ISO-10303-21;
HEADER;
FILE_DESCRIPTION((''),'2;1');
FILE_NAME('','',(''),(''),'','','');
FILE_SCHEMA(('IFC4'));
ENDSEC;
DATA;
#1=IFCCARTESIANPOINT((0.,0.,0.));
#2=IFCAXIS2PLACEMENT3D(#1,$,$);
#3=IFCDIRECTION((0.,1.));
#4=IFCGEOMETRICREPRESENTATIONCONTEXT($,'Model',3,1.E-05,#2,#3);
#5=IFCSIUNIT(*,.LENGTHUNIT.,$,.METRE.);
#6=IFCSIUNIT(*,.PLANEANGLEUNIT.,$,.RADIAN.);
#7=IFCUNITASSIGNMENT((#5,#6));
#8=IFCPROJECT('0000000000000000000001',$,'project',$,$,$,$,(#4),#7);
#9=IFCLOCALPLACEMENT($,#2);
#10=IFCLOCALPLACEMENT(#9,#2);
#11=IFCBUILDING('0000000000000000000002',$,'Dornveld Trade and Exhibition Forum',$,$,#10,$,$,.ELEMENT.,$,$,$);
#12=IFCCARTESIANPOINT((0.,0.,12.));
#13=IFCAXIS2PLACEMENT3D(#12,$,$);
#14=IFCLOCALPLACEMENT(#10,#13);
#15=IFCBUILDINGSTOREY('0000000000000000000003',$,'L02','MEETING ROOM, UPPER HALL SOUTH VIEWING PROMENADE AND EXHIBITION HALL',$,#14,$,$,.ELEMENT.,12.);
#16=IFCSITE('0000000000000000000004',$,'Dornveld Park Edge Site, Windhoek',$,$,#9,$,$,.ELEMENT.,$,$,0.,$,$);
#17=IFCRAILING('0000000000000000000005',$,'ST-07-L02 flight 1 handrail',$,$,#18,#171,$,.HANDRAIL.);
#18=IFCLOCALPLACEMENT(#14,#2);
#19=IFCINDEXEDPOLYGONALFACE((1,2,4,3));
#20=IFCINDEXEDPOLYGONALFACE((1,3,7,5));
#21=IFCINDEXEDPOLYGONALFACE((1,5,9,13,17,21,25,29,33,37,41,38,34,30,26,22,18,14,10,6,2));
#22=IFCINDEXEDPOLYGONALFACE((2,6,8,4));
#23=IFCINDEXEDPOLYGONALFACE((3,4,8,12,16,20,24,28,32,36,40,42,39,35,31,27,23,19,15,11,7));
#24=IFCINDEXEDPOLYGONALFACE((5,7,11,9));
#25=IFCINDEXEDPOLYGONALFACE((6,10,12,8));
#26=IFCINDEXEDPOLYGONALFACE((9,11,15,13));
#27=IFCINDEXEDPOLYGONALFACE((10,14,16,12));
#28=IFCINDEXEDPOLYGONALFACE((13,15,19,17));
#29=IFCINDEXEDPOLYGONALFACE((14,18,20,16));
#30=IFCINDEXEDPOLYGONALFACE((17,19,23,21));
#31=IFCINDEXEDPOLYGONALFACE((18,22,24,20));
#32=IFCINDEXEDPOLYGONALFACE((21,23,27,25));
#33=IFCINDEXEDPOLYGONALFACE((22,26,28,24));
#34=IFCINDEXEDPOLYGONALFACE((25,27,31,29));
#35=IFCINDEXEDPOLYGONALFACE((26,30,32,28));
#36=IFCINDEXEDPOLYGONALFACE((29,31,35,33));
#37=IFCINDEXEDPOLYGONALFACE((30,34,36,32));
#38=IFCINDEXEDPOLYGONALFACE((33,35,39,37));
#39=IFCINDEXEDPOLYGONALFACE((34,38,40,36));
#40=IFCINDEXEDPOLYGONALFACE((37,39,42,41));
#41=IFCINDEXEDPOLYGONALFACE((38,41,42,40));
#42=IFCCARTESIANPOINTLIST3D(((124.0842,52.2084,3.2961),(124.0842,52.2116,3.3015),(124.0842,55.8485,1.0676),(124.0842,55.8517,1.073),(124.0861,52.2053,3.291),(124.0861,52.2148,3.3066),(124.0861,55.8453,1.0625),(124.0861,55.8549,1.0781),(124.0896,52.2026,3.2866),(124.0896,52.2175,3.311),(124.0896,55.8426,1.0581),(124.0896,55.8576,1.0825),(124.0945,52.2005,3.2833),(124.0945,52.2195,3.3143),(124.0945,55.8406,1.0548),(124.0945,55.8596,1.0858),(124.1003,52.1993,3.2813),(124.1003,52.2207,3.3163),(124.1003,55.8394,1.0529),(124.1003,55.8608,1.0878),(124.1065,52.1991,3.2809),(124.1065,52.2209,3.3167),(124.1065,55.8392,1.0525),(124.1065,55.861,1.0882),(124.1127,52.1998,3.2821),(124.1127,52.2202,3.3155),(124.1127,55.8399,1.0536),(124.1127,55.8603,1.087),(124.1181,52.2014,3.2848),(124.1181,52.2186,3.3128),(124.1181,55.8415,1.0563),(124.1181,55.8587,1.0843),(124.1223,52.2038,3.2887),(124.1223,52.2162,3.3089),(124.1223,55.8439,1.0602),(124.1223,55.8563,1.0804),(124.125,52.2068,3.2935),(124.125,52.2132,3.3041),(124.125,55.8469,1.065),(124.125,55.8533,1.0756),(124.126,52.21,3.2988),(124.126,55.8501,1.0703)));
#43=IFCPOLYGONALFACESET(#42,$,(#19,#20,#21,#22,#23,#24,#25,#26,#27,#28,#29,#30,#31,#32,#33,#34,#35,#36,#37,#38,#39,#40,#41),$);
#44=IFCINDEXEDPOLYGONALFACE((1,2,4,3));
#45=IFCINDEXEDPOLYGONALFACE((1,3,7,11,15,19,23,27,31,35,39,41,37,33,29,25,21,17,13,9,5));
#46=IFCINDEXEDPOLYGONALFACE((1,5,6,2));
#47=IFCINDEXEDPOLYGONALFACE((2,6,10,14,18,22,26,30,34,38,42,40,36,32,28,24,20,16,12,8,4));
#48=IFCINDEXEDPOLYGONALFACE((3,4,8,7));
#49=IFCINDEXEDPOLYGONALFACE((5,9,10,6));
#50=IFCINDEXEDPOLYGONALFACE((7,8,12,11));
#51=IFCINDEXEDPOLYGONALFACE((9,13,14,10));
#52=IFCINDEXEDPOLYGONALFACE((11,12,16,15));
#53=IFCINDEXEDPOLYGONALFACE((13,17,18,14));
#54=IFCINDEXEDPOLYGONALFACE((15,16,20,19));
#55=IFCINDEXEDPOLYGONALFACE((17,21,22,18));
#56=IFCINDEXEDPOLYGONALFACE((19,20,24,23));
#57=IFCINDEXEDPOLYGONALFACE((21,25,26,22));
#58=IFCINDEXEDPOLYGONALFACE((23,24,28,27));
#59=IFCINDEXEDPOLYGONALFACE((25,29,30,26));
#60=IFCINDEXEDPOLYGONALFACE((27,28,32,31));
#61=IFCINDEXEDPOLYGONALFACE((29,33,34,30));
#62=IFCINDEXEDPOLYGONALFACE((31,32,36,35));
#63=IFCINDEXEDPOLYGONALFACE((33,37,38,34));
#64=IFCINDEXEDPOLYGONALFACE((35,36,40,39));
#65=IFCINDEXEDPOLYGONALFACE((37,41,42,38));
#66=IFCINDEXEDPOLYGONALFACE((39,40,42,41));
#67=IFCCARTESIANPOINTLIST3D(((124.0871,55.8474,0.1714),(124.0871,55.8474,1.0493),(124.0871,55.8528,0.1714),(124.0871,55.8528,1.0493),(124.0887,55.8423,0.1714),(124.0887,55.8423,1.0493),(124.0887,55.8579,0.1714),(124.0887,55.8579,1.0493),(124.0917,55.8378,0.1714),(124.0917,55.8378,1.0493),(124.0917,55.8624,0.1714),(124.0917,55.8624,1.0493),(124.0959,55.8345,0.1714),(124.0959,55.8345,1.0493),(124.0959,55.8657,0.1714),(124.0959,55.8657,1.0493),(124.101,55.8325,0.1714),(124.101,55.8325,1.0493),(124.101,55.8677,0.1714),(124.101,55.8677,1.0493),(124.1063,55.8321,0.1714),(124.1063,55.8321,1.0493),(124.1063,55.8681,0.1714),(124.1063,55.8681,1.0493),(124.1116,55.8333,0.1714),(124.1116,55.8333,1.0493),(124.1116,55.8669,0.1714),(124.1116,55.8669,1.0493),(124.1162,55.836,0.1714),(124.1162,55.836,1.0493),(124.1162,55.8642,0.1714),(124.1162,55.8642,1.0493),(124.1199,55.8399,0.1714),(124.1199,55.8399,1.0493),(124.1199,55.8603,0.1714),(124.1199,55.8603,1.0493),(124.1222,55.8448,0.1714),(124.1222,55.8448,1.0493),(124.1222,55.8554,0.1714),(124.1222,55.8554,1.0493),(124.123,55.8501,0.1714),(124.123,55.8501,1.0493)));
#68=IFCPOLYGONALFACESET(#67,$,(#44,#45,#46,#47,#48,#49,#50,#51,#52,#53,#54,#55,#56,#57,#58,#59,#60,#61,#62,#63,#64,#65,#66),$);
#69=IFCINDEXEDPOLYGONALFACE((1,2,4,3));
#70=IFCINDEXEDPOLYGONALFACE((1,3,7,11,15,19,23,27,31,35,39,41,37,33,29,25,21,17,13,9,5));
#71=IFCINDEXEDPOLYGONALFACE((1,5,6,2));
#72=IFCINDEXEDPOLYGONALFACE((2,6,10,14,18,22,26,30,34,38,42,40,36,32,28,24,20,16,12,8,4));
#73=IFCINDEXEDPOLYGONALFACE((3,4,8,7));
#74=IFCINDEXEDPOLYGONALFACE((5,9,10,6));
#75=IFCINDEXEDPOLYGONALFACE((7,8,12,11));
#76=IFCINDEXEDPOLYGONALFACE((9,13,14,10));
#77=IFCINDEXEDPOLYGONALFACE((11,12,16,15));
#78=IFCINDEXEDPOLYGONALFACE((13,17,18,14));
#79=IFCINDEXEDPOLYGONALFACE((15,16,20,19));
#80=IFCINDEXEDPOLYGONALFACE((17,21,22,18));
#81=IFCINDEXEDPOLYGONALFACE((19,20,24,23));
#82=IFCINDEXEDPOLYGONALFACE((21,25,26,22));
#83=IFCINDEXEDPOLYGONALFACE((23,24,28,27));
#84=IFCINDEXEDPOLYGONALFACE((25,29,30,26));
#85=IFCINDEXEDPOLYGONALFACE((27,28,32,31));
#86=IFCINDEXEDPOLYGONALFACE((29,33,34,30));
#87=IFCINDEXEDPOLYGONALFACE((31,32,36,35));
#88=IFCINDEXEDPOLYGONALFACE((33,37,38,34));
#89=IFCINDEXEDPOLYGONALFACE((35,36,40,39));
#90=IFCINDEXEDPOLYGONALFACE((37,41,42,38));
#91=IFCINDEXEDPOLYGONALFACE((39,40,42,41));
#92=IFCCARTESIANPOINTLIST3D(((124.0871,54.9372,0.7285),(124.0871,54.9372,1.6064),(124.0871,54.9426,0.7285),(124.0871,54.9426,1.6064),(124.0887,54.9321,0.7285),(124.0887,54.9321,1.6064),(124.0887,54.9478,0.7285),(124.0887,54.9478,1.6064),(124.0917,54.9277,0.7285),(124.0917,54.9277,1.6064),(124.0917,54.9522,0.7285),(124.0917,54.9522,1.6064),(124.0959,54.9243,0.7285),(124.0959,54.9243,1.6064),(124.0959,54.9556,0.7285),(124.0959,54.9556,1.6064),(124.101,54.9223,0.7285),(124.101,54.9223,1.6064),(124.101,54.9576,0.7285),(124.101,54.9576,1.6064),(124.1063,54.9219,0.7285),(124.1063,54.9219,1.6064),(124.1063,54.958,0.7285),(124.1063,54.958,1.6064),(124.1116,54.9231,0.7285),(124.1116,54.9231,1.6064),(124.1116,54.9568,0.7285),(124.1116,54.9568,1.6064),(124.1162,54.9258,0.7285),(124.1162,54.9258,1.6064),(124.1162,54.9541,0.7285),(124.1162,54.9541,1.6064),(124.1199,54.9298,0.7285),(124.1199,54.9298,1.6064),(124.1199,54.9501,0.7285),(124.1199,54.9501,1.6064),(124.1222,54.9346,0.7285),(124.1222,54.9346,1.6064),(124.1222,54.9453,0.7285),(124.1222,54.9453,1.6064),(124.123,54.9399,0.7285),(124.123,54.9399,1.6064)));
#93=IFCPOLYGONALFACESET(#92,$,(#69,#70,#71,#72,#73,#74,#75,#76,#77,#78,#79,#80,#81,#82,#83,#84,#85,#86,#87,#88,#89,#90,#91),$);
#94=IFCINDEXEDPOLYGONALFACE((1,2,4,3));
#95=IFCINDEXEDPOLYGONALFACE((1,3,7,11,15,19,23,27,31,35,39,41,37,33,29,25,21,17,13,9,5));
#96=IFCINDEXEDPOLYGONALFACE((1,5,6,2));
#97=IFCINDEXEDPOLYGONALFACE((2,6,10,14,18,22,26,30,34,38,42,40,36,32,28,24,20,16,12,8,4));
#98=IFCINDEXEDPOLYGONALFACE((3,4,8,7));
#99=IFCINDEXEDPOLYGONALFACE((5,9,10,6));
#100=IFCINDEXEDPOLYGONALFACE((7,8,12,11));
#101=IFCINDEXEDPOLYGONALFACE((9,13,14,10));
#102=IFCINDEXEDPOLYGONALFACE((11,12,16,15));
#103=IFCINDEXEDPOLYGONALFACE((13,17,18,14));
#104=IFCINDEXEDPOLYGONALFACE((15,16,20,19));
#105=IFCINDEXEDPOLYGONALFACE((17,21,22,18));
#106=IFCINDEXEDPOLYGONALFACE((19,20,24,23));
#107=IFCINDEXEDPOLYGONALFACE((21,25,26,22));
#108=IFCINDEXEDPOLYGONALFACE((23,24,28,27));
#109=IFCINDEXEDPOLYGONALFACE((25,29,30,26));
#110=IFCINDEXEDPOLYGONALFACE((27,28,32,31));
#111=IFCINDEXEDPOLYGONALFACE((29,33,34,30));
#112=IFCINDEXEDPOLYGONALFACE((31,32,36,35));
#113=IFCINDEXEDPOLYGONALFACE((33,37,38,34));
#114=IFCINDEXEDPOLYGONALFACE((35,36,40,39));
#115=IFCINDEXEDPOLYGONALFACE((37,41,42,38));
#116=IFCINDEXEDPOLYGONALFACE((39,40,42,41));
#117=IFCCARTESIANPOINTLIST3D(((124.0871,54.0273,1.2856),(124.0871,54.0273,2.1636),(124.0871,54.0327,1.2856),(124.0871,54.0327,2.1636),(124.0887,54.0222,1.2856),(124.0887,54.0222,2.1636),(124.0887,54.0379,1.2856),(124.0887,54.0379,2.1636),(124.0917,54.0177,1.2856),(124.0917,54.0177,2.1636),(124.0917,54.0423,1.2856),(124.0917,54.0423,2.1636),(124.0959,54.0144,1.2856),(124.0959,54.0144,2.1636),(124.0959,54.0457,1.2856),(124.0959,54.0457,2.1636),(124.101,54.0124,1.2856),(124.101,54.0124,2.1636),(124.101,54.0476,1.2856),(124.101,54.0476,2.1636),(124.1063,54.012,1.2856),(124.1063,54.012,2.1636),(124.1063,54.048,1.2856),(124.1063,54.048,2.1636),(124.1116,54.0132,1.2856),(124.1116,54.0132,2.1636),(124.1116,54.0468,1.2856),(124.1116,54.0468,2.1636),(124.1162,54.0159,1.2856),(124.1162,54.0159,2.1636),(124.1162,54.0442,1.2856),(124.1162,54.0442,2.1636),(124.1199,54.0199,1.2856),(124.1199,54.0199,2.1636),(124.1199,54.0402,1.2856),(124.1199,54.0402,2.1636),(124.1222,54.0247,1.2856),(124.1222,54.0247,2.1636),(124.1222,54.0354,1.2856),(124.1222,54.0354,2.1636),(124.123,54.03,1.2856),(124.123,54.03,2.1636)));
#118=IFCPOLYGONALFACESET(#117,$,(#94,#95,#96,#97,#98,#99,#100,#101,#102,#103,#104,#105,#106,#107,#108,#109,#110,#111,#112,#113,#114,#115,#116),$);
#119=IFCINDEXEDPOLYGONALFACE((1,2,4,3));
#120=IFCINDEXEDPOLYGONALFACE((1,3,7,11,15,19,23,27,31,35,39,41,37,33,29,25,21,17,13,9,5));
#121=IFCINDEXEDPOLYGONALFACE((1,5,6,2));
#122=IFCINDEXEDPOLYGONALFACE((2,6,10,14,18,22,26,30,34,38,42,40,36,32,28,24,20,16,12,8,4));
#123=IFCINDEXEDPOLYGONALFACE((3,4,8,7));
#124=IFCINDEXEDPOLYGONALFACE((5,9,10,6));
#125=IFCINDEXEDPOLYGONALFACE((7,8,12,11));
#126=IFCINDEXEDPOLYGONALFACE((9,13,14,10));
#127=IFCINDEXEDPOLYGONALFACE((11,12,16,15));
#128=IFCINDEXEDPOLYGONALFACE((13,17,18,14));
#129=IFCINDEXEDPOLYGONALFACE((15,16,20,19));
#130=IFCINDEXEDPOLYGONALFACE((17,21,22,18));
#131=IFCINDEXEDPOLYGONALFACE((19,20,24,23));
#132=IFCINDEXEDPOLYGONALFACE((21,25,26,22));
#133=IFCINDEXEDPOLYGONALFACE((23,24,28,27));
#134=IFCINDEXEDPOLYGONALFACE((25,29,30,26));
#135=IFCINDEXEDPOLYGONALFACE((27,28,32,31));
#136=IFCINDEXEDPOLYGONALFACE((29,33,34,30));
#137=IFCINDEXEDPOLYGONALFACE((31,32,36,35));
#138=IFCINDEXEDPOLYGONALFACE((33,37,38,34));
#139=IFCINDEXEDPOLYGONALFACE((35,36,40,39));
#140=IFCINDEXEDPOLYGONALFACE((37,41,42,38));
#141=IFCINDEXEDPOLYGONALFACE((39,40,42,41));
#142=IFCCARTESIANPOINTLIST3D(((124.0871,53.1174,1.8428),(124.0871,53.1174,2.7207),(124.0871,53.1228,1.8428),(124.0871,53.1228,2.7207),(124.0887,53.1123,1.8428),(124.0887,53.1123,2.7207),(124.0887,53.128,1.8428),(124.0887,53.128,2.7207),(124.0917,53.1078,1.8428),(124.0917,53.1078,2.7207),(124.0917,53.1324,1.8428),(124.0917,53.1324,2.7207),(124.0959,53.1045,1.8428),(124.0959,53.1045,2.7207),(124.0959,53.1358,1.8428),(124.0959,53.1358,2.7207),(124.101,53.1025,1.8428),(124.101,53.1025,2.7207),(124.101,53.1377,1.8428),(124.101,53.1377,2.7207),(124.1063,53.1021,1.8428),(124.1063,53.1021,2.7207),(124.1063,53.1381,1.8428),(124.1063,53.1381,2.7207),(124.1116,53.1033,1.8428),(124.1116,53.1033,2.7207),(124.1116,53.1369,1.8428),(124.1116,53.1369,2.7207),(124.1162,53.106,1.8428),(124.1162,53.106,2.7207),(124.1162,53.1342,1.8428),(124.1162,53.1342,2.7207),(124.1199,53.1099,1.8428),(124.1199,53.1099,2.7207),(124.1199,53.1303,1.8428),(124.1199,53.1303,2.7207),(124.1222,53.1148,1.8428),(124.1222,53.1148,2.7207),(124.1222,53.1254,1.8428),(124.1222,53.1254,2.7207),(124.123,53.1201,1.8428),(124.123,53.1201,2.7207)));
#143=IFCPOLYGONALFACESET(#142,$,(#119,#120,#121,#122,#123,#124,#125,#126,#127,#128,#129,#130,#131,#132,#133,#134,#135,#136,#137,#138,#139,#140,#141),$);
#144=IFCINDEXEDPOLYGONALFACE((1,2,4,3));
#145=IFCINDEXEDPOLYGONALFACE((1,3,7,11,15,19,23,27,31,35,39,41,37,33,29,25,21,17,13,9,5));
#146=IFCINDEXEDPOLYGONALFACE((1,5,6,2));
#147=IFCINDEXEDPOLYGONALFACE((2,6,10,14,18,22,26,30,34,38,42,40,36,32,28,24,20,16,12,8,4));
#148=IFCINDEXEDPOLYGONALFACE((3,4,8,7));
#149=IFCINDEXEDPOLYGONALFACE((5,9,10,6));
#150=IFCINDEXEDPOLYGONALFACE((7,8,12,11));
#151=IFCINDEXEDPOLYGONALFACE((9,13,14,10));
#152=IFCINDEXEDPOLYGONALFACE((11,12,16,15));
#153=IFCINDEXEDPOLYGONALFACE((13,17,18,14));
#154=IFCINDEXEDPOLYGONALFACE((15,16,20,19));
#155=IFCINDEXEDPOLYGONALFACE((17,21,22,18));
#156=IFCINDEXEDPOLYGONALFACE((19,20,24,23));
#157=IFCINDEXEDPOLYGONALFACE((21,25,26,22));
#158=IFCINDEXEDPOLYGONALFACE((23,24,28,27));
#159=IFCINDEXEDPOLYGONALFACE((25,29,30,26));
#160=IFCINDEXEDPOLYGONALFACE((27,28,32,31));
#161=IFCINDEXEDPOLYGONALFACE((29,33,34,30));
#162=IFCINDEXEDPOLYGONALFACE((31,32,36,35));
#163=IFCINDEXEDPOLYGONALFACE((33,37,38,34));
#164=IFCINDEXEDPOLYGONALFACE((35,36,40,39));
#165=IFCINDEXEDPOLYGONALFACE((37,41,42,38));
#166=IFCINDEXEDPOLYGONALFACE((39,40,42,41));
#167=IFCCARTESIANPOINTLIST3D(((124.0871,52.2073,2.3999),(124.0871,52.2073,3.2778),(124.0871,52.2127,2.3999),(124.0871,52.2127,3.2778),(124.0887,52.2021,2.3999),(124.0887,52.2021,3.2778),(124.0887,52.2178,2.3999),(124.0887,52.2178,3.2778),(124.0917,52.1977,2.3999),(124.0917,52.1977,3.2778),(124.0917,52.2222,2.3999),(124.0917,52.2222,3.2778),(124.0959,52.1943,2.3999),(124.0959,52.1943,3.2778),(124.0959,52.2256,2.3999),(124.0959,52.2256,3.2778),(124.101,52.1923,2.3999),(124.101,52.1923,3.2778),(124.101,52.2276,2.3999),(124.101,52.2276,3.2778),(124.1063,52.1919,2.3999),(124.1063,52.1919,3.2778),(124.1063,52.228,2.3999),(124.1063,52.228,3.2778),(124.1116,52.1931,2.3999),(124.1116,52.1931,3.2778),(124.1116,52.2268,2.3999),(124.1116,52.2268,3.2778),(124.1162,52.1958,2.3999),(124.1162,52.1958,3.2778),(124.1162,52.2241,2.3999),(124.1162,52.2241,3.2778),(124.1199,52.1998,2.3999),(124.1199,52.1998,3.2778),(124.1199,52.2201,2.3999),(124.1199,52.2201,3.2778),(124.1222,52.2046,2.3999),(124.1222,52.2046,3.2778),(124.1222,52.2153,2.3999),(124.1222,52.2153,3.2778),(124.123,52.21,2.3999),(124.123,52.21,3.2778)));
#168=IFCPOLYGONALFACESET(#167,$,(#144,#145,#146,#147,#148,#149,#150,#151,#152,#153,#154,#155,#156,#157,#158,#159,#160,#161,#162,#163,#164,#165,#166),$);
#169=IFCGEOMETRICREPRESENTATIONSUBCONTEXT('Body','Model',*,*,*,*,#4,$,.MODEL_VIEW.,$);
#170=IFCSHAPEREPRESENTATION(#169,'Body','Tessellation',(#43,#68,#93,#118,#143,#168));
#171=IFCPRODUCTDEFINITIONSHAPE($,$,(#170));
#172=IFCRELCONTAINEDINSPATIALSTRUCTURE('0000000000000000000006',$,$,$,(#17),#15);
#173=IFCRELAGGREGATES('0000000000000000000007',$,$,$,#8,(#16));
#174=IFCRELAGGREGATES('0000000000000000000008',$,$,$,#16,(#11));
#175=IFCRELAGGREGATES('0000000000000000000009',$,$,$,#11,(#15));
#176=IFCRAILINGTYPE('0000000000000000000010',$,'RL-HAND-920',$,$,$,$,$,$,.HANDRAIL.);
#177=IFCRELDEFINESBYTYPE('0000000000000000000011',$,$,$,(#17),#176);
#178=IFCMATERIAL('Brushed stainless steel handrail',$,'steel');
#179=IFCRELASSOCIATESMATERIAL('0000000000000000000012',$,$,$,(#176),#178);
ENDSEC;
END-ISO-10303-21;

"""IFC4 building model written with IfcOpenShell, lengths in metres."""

from ifc_helpers import new_model, si_unit, direction, frame, origin, origin_2d, place, context, subcontext, project, spatial, circle, extrude, material, type_object, element, save


model = new_model("IFC4")

# Units and contexts
model_context = context("Model", 3, precision=1e-05, world=origin(), true_north=direction((0.0, 1.0)))
body_context = subcontext(model_context, "Body", "Model", "MODEL_VIEW")
ifc_project = project(units=[si_unit("LENGTHUNIT", "METRE"), si_unit("PLANEANGLEUNIT", "RADIAN")], contexts=[model_context])

# Site, building, storey
site_placement = place(None, origin())
site = spatial("IfcSite", under=ifc_project, at=site_placement, Name="Dornveld Park Edge Site, Windhoek", CompositionType="ELEMENT", RefElevation=0.0)
building_placement = place(site_placement, origin())
building = spatial("IfcBuilding", under=site, at=building_placement, Name="Dornveld Trade and Exhibition Forum", CompositionType="ELEMENT")
storey_placement = place(building_placement, frame((0.0, 0.0, 12.0)))
storey = spatial("IfcBuildingStorey", under=building, at=storey_placement, Name="L02", Description="MEETING ROOM, UPPER HALL SOUTH VIEWING PROMENADE AND EXHIBITION HALL", CompositionType="ELEMENT", Elevation=12.0)

# Railing
ifc_material_1 = material(Name="Brushed stainless steel handrail", Category="steel")
railing_type_1 = type_object("IfcRailingType", Name="RL-HAND-920", PredefinedType="HANDRAIL", material=ifc_material_1)
railing_1_placement = place(storey_placement, frame((124.105, 55.8501, 0.1714)))
element("IfcRailing", 1, at=railing_1_placement, inside=storey, type_object=railing_type_1, Name="ST-07-L02 flight 1 handrail", PredefinedType="HANDRAIL", context=body_context, shape_type="SweptSolid", body=[
    extrude(circle(Radius=0.021, at=origin_2d()), frame((0.0, 0.0, 0.8989), z_axis=(0.0, -0.852866, 0.52213), x_axis=(1.0, 0.0, 0.0)), (0.0, 0.0, 1.0), 4.2681),
    extrude(circle(Radius=0.0181, at=origin_2d()), origin(), (0.0, 0.0, 1.0), 0.8779),
    extrude(circle(Radius=0.0181, at=origin_2d()), frame((0.0, -0.9102, 0.5571)), (0.0, 0.0, 1.0), 0.8779),
    extrude(circle(Radius=0.0181, at=origin_2d()), frame((0.0, -1.8201, 1.1143)), (0.0, 0.0, 1.0), 0.8779),
    extrude(circle(Radius=0.0181, at=origin_2d()), frame((0.0, -2.73, 1.6714)), (0.0, 0.0, 1.0), 0.8779),
    extrude(circle(Radius=0.0181, at=origin_2d()), frame((0.0, -3.6401, 2.2285)), (0.0, 0.0, 1.0), 0.8779),
])

save(model, "model.ifc")
